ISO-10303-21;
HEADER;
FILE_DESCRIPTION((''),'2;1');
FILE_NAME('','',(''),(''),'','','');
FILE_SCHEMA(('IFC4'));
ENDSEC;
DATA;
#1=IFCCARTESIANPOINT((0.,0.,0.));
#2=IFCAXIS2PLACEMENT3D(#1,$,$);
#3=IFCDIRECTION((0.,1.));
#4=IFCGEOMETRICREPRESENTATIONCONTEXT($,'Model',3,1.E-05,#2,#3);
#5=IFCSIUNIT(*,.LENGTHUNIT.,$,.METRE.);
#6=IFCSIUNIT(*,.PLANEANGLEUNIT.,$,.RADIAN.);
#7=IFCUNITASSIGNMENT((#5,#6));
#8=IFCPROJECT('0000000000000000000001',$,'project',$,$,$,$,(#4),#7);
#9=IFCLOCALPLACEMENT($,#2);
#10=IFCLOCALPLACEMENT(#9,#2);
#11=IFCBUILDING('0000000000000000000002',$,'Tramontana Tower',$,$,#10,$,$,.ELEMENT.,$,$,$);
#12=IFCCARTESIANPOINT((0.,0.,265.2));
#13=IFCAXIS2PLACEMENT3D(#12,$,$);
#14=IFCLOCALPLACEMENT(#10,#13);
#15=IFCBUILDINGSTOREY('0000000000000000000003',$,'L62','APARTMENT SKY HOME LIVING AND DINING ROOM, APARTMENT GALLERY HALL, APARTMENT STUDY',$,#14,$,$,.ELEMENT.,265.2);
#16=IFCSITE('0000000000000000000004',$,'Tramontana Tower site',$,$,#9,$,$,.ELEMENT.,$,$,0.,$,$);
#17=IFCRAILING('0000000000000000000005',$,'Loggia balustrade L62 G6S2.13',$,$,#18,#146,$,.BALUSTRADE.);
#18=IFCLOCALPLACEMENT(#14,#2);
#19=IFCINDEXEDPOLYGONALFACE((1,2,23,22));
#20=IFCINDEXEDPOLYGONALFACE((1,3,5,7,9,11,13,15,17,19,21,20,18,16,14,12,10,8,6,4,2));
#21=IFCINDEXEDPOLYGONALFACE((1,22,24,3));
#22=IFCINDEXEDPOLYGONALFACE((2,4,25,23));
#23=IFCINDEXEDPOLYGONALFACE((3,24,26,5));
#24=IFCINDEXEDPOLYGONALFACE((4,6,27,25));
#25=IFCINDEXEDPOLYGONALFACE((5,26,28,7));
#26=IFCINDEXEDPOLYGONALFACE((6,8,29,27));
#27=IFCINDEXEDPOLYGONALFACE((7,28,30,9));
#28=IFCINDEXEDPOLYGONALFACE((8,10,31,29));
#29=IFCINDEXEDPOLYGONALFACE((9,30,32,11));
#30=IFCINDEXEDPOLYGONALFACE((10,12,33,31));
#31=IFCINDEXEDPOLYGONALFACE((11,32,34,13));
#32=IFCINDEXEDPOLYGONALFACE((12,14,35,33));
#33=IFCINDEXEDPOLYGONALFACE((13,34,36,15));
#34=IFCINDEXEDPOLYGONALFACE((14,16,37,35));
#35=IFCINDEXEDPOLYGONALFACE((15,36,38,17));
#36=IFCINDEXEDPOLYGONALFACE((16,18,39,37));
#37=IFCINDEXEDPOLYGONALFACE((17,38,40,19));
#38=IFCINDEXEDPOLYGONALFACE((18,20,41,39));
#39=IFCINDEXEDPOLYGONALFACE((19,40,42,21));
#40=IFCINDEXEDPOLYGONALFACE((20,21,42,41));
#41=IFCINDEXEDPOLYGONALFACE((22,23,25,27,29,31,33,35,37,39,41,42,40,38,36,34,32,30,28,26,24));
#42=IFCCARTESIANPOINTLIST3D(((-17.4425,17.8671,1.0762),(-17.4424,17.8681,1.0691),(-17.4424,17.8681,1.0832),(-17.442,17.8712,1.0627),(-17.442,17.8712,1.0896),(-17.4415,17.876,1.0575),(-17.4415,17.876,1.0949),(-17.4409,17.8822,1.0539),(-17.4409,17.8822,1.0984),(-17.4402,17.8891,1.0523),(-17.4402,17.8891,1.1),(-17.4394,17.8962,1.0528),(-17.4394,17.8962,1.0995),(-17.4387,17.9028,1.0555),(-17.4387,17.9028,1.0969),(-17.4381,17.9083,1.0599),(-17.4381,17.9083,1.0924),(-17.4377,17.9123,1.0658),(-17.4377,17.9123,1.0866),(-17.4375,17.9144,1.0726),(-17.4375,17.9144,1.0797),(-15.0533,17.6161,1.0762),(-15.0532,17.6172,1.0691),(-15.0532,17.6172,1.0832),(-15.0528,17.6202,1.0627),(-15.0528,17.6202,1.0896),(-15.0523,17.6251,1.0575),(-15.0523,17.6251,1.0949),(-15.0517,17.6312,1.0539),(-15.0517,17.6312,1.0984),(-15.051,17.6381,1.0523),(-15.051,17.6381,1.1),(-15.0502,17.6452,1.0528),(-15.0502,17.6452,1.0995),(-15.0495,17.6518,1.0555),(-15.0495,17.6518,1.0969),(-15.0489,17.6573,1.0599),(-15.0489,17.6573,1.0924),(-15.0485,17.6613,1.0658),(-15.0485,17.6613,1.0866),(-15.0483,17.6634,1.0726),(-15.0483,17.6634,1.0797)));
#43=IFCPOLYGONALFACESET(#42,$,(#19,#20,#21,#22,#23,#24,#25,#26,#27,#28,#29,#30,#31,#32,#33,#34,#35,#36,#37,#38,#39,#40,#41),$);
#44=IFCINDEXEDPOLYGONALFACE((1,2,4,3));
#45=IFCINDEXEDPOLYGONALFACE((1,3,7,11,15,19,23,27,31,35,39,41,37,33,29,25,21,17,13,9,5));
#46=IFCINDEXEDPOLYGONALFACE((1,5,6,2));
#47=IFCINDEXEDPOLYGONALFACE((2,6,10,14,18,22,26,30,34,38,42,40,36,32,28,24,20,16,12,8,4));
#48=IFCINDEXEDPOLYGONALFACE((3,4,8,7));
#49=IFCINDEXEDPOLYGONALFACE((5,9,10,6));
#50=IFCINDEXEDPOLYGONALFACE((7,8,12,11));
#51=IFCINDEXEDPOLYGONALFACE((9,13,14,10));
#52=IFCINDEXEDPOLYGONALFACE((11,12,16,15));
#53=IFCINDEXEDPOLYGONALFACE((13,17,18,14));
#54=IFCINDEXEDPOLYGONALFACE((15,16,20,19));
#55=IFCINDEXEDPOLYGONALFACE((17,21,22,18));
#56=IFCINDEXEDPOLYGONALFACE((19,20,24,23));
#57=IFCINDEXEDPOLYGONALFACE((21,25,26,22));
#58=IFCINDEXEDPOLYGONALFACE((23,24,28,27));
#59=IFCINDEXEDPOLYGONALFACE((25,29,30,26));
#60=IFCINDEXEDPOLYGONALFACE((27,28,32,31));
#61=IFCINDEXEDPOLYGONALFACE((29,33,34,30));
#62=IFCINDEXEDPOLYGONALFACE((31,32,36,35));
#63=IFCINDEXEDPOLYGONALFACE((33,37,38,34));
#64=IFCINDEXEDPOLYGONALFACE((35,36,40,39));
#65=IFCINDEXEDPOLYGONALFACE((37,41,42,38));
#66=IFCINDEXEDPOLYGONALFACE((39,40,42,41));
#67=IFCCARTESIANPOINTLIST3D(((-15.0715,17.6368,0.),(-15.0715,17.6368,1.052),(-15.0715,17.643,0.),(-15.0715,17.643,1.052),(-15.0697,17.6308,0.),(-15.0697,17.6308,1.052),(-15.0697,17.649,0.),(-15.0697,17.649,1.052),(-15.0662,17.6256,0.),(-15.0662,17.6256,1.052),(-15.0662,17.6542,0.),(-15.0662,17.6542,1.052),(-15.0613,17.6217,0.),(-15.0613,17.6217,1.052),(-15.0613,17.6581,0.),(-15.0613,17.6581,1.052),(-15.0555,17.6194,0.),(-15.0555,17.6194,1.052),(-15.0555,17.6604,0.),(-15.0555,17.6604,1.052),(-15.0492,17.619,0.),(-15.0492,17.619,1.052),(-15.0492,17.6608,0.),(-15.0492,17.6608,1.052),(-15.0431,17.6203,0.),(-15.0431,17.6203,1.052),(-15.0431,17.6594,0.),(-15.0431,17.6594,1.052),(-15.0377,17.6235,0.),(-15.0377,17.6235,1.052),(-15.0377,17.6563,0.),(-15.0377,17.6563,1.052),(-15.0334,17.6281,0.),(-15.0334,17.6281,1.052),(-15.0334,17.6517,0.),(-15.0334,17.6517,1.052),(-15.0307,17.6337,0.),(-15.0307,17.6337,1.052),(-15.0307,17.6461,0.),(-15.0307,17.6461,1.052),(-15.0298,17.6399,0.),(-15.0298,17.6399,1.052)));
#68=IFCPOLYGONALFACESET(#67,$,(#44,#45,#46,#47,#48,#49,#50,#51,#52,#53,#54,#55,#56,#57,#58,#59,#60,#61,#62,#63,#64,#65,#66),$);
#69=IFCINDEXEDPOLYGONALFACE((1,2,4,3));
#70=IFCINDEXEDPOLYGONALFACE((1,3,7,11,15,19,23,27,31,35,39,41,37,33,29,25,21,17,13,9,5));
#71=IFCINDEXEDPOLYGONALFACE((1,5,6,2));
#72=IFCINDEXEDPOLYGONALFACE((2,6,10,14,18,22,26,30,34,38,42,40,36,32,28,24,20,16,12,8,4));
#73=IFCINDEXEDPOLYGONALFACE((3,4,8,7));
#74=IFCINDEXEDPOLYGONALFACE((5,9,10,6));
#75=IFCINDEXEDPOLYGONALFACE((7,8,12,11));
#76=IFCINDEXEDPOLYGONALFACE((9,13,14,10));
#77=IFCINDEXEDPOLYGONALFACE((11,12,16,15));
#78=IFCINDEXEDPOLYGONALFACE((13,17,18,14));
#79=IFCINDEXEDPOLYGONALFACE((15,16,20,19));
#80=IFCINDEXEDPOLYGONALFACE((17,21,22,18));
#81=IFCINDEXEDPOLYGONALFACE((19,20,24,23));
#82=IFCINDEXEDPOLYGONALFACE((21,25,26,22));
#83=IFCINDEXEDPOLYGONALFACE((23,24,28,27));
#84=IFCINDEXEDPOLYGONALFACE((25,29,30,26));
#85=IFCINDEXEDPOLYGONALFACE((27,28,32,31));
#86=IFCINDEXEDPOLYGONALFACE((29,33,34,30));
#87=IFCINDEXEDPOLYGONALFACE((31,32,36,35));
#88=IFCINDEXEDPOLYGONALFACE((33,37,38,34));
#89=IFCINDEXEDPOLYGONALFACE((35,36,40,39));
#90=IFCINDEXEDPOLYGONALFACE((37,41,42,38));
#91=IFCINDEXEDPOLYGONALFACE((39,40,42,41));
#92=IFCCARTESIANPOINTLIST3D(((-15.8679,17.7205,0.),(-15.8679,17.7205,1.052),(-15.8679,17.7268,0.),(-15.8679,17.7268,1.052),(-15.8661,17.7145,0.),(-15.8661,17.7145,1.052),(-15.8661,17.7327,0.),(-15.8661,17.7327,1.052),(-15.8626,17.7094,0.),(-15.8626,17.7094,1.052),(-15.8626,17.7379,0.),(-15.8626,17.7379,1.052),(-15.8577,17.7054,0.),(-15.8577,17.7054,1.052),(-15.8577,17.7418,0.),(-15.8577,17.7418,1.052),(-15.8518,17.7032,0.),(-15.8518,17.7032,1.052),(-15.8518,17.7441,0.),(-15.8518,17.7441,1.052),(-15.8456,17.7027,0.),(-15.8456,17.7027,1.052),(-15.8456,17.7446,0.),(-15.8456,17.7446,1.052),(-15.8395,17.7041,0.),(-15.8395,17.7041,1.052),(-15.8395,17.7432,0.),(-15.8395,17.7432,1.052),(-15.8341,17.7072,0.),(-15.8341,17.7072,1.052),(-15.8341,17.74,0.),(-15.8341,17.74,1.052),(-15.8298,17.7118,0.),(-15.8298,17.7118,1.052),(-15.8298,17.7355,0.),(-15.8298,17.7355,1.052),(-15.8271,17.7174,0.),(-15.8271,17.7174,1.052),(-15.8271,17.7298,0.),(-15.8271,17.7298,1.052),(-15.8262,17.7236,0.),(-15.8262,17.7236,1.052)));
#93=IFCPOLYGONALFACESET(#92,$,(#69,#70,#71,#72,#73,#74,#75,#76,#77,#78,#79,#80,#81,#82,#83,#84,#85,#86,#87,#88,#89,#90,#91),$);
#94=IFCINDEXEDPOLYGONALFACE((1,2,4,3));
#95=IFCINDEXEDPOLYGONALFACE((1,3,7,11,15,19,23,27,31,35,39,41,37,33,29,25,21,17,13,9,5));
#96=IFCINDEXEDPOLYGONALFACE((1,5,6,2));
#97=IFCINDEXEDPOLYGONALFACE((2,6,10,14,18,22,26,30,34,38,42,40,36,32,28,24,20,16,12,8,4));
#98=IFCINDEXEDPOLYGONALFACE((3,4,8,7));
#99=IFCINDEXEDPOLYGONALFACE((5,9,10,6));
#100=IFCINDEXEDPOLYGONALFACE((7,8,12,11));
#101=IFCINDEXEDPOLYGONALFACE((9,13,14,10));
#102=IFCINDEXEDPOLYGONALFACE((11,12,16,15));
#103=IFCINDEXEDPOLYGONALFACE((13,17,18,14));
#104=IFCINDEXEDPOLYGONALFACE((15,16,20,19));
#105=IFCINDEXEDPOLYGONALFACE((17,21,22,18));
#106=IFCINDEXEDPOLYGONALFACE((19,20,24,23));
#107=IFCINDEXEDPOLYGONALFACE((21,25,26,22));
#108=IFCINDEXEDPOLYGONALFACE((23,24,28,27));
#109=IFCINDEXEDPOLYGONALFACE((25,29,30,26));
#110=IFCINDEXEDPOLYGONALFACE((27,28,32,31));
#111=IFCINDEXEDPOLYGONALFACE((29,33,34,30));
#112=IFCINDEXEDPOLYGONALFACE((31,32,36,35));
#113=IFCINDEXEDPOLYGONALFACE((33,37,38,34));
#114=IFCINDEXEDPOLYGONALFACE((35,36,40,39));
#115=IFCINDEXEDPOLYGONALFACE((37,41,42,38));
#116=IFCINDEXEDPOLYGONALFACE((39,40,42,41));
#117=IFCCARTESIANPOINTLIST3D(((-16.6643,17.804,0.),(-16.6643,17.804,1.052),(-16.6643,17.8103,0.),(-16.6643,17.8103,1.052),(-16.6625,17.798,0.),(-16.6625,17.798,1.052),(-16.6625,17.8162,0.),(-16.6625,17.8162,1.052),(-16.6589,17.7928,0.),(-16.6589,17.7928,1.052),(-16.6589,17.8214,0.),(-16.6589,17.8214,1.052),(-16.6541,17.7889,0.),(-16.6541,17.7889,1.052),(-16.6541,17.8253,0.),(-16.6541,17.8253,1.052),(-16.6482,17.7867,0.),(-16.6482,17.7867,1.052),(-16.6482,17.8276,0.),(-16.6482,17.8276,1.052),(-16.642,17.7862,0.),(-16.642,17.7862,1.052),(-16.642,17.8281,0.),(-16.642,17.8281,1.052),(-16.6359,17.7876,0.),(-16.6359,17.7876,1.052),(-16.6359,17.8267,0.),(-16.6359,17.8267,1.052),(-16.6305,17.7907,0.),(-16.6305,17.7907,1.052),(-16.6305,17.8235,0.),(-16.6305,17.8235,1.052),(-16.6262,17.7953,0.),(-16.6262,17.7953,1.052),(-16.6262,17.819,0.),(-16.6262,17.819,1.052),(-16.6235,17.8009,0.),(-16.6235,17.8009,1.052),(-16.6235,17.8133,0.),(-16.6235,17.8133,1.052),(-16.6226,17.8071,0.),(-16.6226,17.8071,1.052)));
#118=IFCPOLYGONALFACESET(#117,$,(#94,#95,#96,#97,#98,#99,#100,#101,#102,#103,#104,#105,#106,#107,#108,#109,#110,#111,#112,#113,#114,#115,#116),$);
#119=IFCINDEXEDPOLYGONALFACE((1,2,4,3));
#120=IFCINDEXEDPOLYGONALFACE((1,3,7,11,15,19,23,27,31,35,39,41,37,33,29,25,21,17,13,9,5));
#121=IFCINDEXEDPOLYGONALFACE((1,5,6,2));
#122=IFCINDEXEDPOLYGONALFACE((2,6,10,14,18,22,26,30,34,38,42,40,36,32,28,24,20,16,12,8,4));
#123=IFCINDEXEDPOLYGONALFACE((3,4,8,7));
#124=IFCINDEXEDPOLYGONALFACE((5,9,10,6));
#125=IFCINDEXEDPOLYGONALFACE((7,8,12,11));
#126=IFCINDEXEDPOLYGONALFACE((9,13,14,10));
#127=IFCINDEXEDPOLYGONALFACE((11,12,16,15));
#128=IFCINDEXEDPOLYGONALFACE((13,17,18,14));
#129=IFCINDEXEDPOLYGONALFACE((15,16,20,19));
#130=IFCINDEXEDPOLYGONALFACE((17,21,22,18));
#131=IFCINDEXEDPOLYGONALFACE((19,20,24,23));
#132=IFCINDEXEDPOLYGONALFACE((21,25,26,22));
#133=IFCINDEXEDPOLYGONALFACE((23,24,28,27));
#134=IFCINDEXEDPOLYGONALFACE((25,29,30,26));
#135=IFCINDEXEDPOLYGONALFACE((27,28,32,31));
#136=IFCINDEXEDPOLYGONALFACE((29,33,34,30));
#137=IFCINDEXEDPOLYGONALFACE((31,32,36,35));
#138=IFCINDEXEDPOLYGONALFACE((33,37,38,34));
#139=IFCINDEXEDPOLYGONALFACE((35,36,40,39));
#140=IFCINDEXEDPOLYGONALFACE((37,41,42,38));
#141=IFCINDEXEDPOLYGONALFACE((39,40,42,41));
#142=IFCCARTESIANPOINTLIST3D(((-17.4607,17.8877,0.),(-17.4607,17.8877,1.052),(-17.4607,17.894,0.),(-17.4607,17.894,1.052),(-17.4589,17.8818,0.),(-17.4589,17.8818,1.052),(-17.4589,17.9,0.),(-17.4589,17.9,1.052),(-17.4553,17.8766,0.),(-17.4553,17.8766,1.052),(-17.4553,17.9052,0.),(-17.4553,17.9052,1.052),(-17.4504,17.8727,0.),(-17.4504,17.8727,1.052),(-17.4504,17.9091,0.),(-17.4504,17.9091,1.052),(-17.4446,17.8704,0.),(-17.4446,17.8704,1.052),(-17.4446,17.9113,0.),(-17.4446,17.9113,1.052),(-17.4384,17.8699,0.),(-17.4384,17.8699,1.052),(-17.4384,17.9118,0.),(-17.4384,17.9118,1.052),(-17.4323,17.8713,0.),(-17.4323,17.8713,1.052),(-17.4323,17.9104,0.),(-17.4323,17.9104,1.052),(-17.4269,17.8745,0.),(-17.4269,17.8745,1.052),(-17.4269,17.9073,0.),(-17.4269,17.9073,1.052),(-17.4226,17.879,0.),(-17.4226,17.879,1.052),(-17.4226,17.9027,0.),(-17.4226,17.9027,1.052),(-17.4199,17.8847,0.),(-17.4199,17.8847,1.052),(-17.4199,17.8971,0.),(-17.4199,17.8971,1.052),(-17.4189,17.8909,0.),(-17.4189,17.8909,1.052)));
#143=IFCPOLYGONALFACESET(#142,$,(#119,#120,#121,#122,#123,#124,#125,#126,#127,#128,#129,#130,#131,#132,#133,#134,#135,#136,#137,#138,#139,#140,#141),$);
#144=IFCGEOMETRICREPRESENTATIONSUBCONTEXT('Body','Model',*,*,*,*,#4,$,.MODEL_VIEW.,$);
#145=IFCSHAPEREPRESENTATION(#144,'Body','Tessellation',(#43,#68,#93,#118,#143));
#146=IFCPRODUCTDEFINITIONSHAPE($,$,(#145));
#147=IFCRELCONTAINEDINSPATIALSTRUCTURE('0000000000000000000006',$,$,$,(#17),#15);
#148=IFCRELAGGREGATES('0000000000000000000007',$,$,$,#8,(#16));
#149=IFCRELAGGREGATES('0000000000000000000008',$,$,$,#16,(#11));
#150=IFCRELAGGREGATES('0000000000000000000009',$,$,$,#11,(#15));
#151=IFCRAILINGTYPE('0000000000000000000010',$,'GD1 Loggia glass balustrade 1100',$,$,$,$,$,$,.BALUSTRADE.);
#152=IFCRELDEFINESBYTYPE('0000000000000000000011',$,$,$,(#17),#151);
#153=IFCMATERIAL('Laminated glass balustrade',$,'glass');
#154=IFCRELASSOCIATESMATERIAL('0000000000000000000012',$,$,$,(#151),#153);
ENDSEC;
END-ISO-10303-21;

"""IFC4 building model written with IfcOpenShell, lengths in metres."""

from ifc_helpers import new_model, si_unit, direction, frame, origin, origin_2d, place, context, subcontext, project, spatial, circle, extrude, material, type_object, element, save


model = new_model("IFC4")

# Units and contexts
model_context = context("Model", 3, precision=1e-05, world=origin(), true_north=direction((0.0, 1.0)))
body_context = subcontext(model_context, "Body", "Model", "MODEL_VIEW")
ifc_project = project(units=[si_unit("LENGTHUNIT", "METRE"), si_unit("PLANEANGLEUNIT", "RADIAN")], contexts=[model_context])

# Site, building, storey
site_placement = place(None, origin())
site = spatial("IfcSite", under=ifc_project, at=site_placement, Name="Tramontana Tower site", CompositionType="ELEMENT", RefElevation=0.0)
building_placement = place(site_placement, origin())
building = spatial("IfcBuilding", under=site, at=building_placement, Name="Tramontana Tower", CompositionType="ELEMENT")
storey_placement = place(building_placement, frame((0.0, 0.0, 265.2)))
storey = spatial("IfcBuildingStorey", under=building, at=storey_placement, Name="L62", Description="APARTMENT SKY HOME LIVING AND DINING ROOM, APARTMENT GALLERY HALL, APARTMENT STUDY", CompositionType="ELEMENT", Elevation=265.2)

# Railing
ifc_material_1 = material(Name="Laminated glass balustrade", Category="glass")
railing_type = type_object("IfcRailingType", Name="GD1 Loggia glass balustrade 1100", PredefinedType="BALUSTRADE", material=ifc_material_1)
railing_1_placement = place(storey_placement, frame((-15.0508, 17.6399, 0.0)))
element("IfcRailing", 1, at=railing_1_placement, inside=storey, type_object=railing_type, Name="Loggia balustrade L62 G6S2.13", PredefinedType="BALUSTRADE", context=body_context, shape_type="SweptSolid", body=[
    extrude(circle(Radius=0.0239, at=origin_2d()), frame((0.0, 0.0, 1.0762), z_axis=(-0.994528, 0.104473, 0.0), x_axis=(-0.104473, -0.994528, 0.0)), (0.0, 0.0, 1.0), 2.4023),
    extrude(circle(Radius=0.021, at=origin_2d()), origin(), (0.0, 0.0, 1.0), 1.052),
    extrude(circle(Radius=0.021, at=origin_2d()), frame((-0.7964, 0.0837, 0.0)), (0.0, 0.0, 1.0), 1.052),
    extrude(circle(Radius=0.021, at=origin_2d()), frame((-1.5928, 0.1672, 0.0)), (0.0, 0.0, 1.0), 1.052),
    extrude(circle(Radius=0.021, at=origin_2d()), frame((-2.3892, 0.251, 0.0)), (0.0, 0.0, 1.0), 1.052),
])

save(model, "model.ifc")
